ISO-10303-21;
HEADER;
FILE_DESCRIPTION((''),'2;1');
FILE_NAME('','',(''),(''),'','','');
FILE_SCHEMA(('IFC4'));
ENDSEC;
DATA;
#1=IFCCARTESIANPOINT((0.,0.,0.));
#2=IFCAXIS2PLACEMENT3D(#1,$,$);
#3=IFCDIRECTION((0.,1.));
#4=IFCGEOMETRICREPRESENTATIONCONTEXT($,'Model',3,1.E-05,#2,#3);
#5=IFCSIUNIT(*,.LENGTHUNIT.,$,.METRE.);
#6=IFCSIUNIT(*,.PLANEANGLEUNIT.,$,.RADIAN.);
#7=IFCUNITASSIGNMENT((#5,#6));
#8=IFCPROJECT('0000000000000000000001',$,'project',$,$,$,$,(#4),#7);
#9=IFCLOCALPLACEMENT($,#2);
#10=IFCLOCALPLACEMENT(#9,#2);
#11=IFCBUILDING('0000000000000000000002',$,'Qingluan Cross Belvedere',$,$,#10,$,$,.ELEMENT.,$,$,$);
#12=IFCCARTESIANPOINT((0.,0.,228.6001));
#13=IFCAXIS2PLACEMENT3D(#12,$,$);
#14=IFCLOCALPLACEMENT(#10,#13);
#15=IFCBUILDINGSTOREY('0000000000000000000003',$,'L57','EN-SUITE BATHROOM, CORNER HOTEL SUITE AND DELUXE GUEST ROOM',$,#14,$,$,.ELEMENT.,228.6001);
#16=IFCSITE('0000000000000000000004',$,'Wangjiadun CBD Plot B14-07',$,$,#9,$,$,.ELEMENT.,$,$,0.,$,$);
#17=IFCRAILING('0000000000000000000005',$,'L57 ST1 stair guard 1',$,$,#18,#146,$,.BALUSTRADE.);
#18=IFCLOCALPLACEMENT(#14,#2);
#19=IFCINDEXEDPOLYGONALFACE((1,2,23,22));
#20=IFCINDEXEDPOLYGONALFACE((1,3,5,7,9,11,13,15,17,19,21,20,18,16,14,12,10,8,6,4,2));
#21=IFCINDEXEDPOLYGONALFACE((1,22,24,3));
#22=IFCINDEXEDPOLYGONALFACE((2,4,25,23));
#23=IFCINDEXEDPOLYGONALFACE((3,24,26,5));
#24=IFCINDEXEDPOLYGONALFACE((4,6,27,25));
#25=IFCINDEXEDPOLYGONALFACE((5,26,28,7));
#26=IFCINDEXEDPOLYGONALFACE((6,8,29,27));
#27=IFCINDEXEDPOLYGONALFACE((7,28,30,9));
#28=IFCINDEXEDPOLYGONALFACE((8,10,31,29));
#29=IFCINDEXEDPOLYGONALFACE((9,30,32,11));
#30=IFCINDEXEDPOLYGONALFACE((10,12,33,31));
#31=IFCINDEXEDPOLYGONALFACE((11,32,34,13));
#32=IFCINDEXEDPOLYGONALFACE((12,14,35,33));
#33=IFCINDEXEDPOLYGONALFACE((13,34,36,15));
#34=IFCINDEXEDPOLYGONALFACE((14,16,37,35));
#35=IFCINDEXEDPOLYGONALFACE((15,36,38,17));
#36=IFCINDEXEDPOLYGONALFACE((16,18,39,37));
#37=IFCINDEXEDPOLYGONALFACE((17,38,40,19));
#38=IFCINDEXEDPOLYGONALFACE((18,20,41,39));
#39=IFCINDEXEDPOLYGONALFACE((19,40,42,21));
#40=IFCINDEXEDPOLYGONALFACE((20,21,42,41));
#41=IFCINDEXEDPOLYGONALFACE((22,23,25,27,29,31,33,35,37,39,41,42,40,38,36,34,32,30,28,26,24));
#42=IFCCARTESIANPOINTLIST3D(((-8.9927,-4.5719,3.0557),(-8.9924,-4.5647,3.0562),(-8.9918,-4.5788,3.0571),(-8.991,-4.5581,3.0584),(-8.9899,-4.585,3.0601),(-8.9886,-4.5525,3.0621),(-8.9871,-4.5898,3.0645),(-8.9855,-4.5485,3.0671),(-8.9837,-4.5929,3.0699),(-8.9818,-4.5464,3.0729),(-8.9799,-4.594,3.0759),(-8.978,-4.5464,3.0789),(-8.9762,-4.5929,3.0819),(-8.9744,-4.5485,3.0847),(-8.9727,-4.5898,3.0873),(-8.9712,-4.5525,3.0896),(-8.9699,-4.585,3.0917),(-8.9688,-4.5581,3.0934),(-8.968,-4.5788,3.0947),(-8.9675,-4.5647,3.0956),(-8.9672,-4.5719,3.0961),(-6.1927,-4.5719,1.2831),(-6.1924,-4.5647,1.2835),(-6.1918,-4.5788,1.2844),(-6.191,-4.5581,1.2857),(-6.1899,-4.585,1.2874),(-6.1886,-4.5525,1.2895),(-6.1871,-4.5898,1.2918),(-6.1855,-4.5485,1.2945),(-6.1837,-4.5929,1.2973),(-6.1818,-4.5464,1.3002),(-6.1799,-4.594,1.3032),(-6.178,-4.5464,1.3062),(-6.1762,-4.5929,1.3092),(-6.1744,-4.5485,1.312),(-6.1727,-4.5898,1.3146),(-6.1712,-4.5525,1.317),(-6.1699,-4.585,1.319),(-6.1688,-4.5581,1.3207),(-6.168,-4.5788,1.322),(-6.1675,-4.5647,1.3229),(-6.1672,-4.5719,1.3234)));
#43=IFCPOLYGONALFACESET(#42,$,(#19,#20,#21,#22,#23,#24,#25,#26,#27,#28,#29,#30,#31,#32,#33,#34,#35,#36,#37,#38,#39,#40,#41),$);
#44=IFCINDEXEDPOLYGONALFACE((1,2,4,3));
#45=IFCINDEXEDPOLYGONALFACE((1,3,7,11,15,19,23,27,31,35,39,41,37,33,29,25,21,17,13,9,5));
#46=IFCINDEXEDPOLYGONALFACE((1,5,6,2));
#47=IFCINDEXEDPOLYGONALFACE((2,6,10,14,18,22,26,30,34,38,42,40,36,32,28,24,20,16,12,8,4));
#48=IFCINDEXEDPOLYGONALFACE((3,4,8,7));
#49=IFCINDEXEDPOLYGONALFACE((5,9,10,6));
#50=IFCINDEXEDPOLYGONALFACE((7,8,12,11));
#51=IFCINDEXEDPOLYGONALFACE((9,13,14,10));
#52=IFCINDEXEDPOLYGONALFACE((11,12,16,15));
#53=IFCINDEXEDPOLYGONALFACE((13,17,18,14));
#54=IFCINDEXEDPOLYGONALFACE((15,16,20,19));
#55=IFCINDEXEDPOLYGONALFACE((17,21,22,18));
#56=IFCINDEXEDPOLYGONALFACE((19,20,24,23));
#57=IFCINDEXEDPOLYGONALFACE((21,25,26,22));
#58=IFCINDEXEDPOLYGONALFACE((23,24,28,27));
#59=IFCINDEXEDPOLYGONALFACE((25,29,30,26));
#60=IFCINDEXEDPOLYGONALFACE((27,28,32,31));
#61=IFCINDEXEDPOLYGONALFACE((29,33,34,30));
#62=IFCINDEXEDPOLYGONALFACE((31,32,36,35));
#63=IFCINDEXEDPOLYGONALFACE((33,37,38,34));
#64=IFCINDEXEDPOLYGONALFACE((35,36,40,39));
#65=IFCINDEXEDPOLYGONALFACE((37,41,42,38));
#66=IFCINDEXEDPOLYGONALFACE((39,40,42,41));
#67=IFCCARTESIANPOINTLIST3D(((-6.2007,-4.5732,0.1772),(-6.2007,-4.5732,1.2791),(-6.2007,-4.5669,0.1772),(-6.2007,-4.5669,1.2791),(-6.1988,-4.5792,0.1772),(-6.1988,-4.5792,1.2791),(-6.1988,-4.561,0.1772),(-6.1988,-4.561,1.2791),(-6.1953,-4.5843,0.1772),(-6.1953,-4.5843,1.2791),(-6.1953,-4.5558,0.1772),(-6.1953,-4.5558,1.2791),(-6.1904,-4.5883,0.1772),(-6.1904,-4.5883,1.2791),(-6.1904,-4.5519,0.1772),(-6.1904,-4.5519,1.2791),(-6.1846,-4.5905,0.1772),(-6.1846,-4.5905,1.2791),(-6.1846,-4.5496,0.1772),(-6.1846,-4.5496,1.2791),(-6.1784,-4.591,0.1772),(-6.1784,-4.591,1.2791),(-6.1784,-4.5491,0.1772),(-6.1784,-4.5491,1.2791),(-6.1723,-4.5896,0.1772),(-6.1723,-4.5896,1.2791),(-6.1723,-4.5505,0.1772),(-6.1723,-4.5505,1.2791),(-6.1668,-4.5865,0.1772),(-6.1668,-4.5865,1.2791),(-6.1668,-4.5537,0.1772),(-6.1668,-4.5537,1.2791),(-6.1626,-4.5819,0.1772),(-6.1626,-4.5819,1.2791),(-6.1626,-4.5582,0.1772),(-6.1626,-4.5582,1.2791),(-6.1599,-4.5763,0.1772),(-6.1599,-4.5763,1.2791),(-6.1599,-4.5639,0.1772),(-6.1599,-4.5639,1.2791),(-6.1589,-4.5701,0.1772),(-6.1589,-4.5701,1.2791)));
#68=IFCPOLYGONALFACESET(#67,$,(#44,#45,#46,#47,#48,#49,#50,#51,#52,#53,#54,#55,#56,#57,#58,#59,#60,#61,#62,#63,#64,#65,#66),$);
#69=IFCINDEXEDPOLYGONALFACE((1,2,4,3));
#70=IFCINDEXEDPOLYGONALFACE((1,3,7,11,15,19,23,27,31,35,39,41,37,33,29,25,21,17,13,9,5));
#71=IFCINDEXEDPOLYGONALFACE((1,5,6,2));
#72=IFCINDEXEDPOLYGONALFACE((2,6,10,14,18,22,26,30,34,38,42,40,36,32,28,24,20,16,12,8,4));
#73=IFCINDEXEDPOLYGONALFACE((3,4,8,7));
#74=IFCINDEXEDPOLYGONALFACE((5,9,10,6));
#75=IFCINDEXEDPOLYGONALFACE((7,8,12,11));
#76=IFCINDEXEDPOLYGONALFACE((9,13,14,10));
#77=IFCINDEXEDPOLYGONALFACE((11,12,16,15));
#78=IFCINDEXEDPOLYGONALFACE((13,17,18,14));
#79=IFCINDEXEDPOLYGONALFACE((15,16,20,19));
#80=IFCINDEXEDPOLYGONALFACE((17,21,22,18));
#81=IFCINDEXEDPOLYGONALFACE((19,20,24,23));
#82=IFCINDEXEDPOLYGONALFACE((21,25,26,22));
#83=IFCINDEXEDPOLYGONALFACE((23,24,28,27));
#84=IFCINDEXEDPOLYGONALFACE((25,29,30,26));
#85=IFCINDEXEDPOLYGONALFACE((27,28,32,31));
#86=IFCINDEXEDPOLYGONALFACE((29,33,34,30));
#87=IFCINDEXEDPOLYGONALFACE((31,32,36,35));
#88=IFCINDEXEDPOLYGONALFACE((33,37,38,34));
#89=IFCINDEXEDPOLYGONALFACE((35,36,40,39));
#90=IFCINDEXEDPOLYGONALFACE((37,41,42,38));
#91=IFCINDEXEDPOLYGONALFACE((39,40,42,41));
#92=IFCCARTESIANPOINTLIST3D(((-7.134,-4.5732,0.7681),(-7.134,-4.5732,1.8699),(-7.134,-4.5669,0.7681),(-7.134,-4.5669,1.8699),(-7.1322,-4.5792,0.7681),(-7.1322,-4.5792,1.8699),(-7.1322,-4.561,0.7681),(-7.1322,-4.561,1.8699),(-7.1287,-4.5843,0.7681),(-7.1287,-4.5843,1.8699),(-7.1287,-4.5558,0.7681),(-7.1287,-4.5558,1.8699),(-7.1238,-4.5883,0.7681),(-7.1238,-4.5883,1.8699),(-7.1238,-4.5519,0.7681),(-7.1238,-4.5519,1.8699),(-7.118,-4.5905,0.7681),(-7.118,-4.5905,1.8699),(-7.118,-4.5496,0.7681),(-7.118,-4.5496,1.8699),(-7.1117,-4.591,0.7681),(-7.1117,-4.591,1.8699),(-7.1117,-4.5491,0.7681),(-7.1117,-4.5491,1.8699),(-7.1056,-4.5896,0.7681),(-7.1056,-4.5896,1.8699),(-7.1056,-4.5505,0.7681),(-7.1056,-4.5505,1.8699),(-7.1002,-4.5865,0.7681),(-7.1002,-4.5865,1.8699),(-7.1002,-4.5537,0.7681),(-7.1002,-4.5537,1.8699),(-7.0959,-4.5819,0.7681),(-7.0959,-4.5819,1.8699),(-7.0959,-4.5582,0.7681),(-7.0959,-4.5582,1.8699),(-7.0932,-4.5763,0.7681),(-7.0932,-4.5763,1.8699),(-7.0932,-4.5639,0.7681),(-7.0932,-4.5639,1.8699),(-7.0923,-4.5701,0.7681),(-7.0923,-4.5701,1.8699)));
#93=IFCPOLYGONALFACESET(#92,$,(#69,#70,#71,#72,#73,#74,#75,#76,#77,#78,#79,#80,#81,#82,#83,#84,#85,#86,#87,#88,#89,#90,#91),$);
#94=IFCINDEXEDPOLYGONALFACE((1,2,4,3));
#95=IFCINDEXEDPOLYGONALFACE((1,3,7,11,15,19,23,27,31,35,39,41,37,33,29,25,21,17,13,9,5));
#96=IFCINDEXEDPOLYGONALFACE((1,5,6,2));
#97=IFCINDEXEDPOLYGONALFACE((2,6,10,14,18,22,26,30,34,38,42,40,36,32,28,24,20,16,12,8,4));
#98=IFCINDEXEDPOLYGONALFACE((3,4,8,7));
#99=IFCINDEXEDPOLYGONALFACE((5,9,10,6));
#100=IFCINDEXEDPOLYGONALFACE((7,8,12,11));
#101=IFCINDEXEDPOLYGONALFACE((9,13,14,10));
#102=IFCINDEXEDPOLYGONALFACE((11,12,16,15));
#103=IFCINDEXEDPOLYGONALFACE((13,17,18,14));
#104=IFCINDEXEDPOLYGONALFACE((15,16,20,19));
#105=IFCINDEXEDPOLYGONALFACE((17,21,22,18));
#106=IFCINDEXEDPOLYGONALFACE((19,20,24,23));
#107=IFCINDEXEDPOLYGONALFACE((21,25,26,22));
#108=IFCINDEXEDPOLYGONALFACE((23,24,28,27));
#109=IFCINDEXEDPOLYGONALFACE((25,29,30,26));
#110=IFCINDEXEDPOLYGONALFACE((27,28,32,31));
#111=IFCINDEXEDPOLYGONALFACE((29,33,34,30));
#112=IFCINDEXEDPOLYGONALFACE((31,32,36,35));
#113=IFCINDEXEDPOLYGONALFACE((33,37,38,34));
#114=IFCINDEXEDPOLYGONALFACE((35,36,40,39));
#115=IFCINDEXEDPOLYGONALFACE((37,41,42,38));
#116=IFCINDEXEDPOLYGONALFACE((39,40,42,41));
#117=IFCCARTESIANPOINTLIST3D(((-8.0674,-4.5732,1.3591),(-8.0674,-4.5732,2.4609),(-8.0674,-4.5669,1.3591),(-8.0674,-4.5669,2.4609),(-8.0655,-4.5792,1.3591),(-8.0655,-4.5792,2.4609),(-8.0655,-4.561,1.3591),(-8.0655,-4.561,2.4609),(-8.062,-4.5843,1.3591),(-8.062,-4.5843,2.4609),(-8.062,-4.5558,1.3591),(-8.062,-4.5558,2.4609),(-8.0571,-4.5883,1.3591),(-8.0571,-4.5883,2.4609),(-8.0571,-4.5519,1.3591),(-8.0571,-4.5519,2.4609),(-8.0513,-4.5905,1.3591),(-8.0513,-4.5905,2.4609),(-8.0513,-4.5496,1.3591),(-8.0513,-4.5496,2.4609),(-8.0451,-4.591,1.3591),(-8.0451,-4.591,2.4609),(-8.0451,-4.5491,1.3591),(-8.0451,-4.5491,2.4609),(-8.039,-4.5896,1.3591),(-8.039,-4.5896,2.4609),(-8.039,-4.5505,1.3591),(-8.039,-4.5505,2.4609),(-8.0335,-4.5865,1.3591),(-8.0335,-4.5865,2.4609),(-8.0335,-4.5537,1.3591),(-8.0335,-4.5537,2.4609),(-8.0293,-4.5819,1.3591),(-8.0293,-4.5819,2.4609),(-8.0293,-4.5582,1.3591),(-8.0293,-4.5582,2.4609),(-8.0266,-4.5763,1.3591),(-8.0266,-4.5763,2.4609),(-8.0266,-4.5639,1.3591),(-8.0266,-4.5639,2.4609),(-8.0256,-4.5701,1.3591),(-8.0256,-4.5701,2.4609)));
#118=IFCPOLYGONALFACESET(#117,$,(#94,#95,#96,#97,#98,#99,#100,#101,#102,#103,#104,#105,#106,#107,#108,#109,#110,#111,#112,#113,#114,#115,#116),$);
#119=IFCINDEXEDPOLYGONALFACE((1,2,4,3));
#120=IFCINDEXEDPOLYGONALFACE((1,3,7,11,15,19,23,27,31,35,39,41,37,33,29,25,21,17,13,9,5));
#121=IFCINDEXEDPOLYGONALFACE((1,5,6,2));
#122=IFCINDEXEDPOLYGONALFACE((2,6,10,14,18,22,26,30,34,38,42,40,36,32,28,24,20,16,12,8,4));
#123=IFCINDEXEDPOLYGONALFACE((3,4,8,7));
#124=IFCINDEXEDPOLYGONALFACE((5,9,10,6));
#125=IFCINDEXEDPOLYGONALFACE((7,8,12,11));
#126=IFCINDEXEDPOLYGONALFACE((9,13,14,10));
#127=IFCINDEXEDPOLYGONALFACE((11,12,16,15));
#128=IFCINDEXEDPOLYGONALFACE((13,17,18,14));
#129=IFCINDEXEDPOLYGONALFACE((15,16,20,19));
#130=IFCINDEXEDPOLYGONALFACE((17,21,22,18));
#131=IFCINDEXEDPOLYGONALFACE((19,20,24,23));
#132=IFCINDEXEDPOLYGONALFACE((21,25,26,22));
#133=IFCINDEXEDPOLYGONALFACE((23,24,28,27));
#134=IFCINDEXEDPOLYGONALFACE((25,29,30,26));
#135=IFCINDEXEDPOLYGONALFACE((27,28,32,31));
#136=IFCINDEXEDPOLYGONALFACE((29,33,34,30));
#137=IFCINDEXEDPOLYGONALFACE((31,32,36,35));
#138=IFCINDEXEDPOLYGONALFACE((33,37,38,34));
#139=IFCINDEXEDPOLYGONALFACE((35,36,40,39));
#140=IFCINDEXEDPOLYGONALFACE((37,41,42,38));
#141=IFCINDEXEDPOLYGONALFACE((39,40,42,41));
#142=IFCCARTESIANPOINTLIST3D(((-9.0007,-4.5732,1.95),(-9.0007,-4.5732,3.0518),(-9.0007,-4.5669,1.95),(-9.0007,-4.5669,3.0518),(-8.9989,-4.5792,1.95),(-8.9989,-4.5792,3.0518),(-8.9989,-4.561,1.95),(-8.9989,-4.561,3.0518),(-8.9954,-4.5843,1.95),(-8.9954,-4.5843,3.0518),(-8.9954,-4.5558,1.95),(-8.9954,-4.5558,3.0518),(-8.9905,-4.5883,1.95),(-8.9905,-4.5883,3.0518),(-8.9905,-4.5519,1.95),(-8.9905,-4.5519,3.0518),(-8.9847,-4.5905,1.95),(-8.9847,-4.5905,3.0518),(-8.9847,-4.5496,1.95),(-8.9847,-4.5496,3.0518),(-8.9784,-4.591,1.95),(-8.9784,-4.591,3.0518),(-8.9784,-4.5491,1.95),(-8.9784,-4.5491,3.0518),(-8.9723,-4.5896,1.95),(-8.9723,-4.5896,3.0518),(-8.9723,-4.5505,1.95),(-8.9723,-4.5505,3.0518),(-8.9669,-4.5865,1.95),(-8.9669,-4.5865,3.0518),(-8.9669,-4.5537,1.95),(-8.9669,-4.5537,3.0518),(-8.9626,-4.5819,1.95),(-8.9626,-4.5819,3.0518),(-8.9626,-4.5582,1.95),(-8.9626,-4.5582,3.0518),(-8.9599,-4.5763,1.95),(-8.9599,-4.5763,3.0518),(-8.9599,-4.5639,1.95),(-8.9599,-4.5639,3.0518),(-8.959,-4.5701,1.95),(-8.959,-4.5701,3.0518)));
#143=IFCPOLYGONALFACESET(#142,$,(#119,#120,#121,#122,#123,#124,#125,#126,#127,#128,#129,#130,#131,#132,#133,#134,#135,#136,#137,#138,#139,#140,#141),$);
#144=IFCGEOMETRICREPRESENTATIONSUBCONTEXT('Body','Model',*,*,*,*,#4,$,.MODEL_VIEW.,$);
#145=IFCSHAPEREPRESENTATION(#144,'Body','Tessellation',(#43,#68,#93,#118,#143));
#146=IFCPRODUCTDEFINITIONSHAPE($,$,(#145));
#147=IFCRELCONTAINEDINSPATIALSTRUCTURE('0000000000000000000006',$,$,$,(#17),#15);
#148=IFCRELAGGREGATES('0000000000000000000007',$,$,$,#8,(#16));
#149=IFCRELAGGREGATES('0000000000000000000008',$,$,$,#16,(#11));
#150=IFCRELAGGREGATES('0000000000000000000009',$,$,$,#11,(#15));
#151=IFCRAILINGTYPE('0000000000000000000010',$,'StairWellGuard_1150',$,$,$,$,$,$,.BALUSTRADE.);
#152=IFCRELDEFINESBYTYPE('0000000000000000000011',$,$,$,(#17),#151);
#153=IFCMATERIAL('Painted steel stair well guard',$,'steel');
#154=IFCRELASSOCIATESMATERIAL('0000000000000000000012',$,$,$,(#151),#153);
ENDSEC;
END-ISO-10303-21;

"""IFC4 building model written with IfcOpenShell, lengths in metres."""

from ifc_helpers import new_model, si_unit, direction, frame, origin, origin_2d, place, context, subcontext, project, spatial, circle, extrude, material, type_object, element, save


model = new_model("IFC4")

# Units and contexts
model_context = context("Model", 3, precision=1e-05, world=origin(), true_north=direction((0.0, 1.0)))
body_context = subcontext(model_context, "Body", "Model", "MODEL_VIEW")
ifc_project = project(units=[si_unit("LENGTHUNIT", "METRE"), si_unit("PLANEANGLEUNIT", "RADIAN")], contexts=[model_context])

# Site, building, storey
site_placement = place(None, origin())
site = spatial("IfcSite", under=ifc_project, at=site_placement, Name="Wangjiadun CBD Plot B14-07", CompositionType="ELEMENT", RefElevation=0.0)
building_placement = place(site_placement, origin())
building = spatial("IfcBuilding", under=site, at=building_placement, Name="Qingluan Cross Belvedere", CompositionType="ELEMENT")
storey_placement = place(building_placement, frame((0.0, 0.0, 228.6001)))
storey = spatial("IfcBuildingStorey", under=building, at=storey_placement, Name="L57", Description="EN-SUITE BATHROOM, CORNER HOTEL SUITE AND DELUXE GUEST ROOM", CompositionType="ELEMENT", Elevation=228.6001)

# Railing
ifc_material_1 = material(Name="Painted steel stair well guard", Category="steel")
railing_type_1 = type_object("IfcRailingType", Name="StairWellGuard_1150", PredefinedType="BALUSTRADE", material=ifc_material_1)
railing_1_placement = place(storey_placement, frame((-6.1799, -4.5701, 0.1772)))
element("IfcRailing", 1, at=railing_1_placement, inside=storey, type_object=railing_type_1, Name="L57 ST1 stair guard 1", PredefinedType="BALUSTRADE", context=body_context, shape_type="SweptSolid", body=[
    extrude(circle(Radius=0.0239, at=origin_2d()), frame((0.0, 0.0, 1.126), z_axis=(-0.844909, 0.0, 0.53491), x_axis=(0.0, -1.0, 0.0)), (0.0, 0.0, 1.0), 3.314),
    extrude(circle(Radius=0.021, at=origin_2d()), origin(), (0.0, 0.0, 1.0), 1.1018),
    extrude(circle(Radius=0.021, at=origin_2d()), frame((-0.9333, 0.0, 0.5908)), (0.0, 0.0, 1.0), 1.1018),
    extrude(circle(Radius=0.021, at=origin_2d()), frame((-1.8667, 0.0, 1.1819)), (0.0, 0.0, 1.0), 1.1018),
    extrude(circle(Radius=0.021, at=origin_2d()), frame((-2.8, 0.0, 1.7727)), (0.0, 0.0, 1.0), 1.1018),
])

save(model, "model.ifc")
